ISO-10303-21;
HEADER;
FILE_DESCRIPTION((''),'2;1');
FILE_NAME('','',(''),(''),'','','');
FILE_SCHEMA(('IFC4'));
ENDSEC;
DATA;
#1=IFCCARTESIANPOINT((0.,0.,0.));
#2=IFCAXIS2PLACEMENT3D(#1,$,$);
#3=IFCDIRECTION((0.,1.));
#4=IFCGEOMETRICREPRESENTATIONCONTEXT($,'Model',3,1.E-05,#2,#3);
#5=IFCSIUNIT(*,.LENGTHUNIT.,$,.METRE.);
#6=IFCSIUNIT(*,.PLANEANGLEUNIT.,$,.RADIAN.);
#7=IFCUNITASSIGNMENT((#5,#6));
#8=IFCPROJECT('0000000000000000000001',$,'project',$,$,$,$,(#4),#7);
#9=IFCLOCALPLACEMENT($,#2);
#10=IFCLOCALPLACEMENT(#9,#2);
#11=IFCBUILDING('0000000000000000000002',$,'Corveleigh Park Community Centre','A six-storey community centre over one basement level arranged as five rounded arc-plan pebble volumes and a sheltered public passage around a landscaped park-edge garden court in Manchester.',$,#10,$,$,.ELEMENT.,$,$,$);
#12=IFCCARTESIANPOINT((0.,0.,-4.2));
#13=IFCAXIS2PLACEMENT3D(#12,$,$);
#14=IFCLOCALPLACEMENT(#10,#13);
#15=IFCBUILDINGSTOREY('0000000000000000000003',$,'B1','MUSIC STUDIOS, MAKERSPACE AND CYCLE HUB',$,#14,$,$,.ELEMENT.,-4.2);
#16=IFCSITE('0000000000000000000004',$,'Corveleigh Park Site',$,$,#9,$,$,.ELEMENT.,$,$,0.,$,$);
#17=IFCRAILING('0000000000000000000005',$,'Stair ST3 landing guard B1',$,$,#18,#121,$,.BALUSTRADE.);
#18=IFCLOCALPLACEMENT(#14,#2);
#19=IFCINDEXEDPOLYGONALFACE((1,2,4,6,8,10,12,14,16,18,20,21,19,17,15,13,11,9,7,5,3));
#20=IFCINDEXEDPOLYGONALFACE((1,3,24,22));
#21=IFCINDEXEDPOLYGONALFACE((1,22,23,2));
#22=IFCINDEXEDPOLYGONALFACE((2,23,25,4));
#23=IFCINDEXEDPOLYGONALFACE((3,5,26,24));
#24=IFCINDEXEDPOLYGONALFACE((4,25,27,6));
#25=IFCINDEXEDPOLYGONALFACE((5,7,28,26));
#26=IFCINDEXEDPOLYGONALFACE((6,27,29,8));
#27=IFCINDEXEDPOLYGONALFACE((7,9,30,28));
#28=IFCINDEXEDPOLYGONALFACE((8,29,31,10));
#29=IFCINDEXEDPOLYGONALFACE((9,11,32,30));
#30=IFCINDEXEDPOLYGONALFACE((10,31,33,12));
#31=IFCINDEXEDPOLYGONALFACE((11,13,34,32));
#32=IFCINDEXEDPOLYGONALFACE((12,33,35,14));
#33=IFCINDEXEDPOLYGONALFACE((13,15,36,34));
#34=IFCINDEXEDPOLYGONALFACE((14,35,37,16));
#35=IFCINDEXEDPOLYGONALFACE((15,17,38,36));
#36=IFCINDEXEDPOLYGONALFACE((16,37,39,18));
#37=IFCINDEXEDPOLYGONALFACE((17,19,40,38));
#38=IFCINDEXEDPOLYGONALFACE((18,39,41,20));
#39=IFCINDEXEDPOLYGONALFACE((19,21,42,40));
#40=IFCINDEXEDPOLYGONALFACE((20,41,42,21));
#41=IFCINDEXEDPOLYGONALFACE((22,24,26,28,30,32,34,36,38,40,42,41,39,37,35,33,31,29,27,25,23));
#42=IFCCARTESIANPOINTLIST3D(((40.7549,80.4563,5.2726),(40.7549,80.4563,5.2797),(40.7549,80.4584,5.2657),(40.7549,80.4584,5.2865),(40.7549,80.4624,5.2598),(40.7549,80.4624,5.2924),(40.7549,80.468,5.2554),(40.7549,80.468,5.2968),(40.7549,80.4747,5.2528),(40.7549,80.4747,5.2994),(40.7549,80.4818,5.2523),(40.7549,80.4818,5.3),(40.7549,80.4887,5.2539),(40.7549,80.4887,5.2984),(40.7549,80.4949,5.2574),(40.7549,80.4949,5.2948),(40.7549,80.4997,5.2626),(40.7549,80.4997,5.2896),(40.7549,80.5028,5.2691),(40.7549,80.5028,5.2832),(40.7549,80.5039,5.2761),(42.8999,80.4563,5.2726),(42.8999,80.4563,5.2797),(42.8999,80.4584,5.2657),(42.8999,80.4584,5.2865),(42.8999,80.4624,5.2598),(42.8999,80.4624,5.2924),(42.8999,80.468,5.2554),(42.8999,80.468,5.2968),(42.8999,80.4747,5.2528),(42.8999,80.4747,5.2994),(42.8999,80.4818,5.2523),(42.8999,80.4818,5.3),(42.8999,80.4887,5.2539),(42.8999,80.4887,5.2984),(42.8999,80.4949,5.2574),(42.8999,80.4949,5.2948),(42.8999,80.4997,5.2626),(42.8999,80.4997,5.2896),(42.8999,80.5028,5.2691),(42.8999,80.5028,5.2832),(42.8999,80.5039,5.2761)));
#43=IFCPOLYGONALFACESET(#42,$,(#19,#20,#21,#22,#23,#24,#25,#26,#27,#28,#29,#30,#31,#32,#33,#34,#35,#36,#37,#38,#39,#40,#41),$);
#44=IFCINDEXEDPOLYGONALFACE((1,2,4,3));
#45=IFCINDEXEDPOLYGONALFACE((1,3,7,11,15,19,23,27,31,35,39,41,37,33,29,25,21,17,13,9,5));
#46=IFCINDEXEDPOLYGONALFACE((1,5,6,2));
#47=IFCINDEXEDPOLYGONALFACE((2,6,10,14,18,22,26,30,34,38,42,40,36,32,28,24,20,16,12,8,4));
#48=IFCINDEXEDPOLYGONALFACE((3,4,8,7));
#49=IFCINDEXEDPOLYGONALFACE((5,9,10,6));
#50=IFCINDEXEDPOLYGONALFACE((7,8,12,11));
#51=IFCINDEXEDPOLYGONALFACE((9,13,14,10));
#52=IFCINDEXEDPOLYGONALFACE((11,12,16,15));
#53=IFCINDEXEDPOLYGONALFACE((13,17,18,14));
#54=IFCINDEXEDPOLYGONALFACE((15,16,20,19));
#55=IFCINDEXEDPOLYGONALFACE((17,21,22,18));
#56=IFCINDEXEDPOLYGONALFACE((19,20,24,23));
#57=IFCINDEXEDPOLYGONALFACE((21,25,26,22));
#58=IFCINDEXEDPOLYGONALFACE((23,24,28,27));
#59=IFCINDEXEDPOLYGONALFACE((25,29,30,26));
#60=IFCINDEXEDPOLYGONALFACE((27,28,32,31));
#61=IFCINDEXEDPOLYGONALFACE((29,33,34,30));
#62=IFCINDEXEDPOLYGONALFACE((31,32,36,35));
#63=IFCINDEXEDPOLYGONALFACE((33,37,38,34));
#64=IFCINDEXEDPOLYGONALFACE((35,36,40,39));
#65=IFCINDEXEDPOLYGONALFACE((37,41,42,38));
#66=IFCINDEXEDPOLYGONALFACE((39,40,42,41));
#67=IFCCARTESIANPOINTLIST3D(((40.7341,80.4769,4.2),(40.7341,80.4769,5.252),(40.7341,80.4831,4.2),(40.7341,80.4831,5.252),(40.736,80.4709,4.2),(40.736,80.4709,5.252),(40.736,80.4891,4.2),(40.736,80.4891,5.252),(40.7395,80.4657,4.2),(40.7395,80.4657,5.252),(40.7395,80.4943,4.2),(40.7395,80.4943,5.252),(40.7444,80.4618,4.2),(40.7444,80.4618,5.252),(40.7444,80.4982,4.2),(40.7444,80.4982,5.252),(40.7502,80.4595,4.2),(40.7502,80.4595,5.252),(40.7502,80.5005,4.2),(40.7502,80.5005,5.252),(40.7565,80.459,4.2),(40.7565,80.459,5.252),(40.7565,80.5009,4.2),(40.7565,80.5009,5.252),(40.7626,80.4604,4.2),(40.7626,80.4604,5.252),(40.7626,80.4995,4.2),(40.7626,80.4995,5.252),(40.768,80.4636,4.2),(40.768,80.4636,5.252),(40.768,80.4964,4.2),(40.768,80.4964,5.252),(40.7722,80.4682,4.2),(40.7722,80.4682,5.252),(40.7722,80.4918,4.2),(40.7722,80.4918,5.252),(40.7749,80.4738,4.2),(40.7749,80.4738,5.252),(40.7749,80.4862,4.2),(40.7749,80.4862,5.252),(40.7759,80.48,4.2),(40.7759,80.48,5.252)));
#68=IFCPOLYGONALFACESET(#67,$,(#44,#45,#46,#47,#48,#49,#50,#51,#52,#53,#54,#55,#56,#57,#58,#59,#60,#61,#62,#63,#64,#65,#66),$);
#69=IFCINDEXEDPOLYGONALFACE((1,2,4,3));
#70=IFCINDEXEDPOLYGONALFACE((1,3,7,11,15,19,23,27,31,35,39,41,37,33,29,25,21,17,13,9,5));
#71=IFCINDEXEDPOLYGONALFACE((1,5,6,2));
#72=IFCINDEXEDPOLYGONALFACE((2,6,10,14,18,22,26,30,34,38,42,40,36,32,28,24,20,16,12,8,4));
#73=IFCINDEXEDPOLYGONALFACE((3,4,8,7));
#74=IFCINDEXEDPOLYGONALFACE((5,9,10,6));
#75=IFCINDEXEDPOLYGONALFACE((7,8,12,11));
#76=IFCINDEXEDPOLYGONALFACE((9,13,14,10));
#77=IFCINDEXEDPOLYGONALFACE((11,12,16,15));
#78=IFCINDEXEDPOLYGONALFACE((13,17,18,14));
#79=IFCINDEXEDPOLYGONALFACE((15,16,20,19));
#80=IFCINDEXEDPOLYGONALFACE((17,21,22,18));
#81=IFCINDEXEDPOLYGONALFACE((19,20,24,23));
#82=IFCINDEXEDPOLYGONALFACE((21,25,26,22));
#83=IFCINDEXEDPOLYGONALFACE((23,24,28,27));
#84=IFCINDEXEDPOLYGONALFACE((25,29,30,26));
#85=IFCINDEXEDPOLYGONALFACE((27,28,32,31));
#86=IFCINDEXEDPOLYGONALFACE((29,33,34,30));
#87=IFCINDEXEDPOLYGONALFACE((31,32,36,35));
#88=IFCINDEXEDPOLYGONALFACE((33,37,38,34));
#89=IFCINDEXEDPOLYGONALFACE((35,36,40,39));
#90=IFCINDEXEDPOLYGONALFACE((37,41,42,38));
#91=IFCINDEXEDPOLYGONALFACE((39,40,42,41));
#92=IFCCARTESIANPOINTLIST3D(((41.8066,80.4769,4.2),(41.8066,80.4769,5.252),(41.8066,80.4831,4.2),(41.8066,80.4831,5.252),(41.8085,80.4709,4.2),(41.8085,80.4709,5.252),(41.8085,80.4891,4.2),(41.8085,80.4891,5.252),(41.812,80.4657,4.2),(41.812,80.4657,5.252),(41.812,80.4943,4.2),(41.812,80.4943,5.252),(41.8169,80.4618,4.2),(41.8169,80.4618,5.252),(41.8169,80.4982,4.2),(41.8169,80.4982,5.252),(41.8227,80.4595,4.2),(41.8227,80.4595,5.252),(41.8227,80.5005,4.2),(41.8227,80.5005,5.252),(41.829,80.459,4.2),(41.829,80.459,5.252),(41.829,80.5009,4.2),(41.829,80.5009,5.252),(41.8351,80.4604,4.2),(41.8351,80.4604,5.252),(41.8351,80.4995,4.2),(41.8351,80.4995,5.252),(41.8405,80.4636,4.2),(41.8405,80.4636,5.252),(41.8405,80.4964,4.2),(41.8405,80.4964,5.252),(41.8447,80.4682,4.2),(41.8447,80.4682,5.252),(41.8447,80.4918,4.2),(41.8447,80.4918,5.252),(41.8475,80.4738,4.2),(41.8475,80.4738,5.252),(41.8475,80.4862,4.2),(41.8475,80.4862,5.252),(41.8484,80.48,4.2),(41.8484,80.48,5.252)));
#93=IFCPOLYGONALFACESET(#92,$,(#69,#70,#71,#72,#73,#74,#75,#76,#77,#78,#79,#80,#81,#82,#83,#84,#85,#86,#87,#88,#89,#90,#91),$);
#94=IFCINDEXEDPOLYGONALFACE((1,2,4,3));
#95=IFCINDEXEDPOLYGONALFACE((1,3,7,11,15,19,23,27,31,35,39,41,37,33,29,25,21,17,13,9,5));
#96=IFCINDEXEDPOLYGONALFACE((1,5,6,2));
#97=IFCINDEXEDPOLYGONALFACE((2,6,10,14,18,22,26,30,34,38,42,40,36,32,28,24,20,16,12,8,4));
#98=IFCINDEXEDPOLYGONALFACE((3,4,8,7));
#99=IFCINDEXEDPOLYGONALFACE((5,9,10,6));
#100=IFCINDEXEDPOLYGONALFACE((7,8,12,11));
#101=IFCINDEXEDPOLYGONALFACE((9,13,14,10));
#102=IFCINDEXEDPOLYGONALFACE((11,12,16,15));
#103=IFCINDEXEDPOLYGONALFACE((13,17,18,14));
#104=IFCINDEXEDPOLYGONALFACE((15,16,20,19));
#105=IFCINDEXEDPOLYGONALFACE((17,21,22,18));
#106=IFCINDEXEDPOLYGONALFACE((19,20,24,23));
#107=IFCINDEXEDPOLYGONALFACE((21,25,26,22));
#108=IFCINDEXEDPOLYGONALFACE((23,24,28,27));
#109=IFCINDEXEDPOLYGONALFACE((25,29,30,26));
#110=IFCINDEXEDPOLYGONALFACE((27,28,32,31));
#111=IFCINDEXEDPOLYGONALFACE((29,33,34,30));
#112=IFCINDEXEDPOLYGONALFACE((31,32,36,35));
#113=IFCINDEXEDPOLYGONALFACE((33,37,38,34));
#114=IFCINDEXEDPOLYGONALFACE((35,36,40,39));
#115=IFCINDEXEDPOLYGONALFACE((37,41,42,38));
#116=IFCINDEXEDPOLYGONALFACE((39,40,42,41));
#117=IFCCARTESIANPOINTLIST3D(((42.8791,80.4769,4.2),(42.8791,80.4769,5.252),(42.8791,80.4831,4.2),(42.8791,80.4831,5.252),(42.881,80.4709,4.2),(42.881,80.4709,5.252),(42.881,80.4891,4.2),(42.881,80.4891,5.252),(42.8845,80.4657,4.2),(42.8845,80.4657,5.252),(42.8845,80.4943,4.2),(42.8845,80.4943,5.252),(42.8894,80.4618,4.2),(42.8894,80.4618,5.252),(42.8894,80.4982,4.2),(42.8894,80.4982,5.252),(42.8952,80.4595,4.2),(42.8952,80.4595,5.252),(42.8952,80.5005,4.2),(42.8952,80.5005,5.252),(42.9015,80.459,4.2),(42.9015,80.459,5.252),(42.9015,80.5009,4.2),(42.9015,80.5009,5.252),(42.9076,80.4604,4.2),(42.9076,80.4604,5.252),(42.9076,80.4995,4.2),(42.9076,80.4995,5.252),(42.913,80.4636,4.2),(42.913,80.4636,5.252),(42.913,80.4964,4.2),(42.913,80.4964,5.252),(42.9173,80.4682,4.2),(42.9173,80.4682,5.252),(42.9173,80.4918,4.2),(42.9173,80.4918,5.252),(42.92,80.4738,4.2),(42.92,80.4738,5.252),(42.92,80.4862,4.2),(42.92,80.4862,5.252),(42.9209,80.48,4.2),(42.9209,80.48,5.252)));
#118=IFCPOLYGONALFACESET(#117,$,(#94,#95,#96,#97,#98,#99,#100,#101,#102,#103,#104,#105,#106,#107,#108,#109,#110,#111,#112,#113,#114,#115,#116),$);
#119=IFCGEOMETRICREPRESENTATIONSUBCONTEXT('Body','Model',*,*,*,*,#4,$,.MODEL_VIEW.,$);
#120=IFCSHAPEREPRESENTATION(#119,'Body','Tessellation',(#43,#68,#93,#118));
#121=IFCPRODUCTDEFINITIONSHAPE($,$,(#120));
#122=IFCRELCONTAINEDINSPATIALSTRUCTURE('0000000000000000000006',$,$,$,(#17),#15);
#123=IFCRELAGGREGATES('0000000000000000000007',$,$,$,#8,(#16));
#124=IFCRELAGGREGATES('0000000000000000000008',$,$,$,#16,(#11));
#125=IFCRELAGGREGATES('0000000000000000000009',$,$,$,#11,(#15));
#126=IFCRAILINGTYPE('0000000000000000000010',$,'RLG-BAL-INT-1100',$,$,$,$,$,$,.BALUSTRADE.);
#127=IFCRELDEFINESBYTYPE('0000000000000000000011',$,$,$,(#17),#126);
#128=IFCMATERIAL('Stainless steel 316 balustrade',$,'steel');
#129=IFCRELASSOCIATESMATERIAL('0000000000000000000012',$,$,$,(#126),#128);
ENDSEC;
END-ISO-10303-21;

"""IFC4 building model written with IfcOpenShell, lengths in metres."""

from ifc_helpers import new_model, si_unit, direction, frame, origin, origin_2d, place, context, subcontext, project, spatial, circle, extrude, material, type_object, element, save


model = new_model("IFC4")

# Units and contexts
model_context = context("Model", 3, precision=1e-05, world=origin(), true_north=direction((0.0, 1.0)))
body_context = subcontext(model_context, "Body", "Model", "MODEL_VIEW")
ifc_project = project(units=[si_unit("LENGTHUNIT", "METRE"), si_unit("PLANEANGLEUNIT", "RADIAN")], contexts=[model_context])

# Site, building, storey
site_placement = place(None, origin())
site = spatial("IfcSite", under=ifc_project, at=site_placement, Name="Corveleigh Park Site", CompositionType="ELEMENT", RefElevation=0.0)
building_placement = place(site_placement, origin())
building = spatial("IfcBuilding", under=site, at=building_placement, Name="Corveleigh Park Community Centre", Description="A six-storey community centre over one basement level arranged as five rounded arc-plan pebble volumes and a sheltered public passage around a landscaped park-edge garden court in Manchester.", CompositionType="ELEMENT")
storey_placement = place(building_placement, frame((0.0, 0.0, -4.2)))
storey = spatial("IfcBuildingStorey", under=building, at=storey_placement, Name="B1", Description="MUSIC STUDIOS, MAKERSPACE AND CYCLE HUB", CompositionType="ELEMENT", Elevation=-4.2)

# Railing
ifc_material_1 = material(Name="Stainless steel 316 balustrade", Category="steel")
railing_type = type_object("IfcRailingType", Name="RLG-BAL-INT-1100", PredefinedType="BALUSTRADE", material=ifc_material_1)
railing_1_placement = place(storey_placement, frame((40.7549, 80.48, 4.2)))
element("IfcRailing", 1, at=railing_1_placement, inside=storey, type_object=railing_type, Name="Stair ST3 landing guard B1", PredefinedType="BALUSTRADE", context=body_context, shape_type="SweptSolid", body=[
    extrude(circle(Radius=0.0239, at=origin_2d()), frame((0.0, 0.0, 1.0762), z_axis=(1.0, 0.0, 0.0), x_axis=(0.0, 1.0, 0.0)), (0.0, 0.0, 1.0), 2.145),
    extrude(circle(Radius=0.021, at=origin_2d()), origin(), (0.0, 0.0, 1.0), 1.052),
    extrude(circle(Radius=0.021, at=origin_2d()), frame((1.0725, 0.0, 0.0)), (0.0, 0.0, 1.0), 1.052),
    extrude(circle(Radius=0.021, at=origin_2d()), frame((2.145, 0.0, 0.0)), (0.0, 0.0, 1.0), 1.052),
])

save(model, "model.ifc")
